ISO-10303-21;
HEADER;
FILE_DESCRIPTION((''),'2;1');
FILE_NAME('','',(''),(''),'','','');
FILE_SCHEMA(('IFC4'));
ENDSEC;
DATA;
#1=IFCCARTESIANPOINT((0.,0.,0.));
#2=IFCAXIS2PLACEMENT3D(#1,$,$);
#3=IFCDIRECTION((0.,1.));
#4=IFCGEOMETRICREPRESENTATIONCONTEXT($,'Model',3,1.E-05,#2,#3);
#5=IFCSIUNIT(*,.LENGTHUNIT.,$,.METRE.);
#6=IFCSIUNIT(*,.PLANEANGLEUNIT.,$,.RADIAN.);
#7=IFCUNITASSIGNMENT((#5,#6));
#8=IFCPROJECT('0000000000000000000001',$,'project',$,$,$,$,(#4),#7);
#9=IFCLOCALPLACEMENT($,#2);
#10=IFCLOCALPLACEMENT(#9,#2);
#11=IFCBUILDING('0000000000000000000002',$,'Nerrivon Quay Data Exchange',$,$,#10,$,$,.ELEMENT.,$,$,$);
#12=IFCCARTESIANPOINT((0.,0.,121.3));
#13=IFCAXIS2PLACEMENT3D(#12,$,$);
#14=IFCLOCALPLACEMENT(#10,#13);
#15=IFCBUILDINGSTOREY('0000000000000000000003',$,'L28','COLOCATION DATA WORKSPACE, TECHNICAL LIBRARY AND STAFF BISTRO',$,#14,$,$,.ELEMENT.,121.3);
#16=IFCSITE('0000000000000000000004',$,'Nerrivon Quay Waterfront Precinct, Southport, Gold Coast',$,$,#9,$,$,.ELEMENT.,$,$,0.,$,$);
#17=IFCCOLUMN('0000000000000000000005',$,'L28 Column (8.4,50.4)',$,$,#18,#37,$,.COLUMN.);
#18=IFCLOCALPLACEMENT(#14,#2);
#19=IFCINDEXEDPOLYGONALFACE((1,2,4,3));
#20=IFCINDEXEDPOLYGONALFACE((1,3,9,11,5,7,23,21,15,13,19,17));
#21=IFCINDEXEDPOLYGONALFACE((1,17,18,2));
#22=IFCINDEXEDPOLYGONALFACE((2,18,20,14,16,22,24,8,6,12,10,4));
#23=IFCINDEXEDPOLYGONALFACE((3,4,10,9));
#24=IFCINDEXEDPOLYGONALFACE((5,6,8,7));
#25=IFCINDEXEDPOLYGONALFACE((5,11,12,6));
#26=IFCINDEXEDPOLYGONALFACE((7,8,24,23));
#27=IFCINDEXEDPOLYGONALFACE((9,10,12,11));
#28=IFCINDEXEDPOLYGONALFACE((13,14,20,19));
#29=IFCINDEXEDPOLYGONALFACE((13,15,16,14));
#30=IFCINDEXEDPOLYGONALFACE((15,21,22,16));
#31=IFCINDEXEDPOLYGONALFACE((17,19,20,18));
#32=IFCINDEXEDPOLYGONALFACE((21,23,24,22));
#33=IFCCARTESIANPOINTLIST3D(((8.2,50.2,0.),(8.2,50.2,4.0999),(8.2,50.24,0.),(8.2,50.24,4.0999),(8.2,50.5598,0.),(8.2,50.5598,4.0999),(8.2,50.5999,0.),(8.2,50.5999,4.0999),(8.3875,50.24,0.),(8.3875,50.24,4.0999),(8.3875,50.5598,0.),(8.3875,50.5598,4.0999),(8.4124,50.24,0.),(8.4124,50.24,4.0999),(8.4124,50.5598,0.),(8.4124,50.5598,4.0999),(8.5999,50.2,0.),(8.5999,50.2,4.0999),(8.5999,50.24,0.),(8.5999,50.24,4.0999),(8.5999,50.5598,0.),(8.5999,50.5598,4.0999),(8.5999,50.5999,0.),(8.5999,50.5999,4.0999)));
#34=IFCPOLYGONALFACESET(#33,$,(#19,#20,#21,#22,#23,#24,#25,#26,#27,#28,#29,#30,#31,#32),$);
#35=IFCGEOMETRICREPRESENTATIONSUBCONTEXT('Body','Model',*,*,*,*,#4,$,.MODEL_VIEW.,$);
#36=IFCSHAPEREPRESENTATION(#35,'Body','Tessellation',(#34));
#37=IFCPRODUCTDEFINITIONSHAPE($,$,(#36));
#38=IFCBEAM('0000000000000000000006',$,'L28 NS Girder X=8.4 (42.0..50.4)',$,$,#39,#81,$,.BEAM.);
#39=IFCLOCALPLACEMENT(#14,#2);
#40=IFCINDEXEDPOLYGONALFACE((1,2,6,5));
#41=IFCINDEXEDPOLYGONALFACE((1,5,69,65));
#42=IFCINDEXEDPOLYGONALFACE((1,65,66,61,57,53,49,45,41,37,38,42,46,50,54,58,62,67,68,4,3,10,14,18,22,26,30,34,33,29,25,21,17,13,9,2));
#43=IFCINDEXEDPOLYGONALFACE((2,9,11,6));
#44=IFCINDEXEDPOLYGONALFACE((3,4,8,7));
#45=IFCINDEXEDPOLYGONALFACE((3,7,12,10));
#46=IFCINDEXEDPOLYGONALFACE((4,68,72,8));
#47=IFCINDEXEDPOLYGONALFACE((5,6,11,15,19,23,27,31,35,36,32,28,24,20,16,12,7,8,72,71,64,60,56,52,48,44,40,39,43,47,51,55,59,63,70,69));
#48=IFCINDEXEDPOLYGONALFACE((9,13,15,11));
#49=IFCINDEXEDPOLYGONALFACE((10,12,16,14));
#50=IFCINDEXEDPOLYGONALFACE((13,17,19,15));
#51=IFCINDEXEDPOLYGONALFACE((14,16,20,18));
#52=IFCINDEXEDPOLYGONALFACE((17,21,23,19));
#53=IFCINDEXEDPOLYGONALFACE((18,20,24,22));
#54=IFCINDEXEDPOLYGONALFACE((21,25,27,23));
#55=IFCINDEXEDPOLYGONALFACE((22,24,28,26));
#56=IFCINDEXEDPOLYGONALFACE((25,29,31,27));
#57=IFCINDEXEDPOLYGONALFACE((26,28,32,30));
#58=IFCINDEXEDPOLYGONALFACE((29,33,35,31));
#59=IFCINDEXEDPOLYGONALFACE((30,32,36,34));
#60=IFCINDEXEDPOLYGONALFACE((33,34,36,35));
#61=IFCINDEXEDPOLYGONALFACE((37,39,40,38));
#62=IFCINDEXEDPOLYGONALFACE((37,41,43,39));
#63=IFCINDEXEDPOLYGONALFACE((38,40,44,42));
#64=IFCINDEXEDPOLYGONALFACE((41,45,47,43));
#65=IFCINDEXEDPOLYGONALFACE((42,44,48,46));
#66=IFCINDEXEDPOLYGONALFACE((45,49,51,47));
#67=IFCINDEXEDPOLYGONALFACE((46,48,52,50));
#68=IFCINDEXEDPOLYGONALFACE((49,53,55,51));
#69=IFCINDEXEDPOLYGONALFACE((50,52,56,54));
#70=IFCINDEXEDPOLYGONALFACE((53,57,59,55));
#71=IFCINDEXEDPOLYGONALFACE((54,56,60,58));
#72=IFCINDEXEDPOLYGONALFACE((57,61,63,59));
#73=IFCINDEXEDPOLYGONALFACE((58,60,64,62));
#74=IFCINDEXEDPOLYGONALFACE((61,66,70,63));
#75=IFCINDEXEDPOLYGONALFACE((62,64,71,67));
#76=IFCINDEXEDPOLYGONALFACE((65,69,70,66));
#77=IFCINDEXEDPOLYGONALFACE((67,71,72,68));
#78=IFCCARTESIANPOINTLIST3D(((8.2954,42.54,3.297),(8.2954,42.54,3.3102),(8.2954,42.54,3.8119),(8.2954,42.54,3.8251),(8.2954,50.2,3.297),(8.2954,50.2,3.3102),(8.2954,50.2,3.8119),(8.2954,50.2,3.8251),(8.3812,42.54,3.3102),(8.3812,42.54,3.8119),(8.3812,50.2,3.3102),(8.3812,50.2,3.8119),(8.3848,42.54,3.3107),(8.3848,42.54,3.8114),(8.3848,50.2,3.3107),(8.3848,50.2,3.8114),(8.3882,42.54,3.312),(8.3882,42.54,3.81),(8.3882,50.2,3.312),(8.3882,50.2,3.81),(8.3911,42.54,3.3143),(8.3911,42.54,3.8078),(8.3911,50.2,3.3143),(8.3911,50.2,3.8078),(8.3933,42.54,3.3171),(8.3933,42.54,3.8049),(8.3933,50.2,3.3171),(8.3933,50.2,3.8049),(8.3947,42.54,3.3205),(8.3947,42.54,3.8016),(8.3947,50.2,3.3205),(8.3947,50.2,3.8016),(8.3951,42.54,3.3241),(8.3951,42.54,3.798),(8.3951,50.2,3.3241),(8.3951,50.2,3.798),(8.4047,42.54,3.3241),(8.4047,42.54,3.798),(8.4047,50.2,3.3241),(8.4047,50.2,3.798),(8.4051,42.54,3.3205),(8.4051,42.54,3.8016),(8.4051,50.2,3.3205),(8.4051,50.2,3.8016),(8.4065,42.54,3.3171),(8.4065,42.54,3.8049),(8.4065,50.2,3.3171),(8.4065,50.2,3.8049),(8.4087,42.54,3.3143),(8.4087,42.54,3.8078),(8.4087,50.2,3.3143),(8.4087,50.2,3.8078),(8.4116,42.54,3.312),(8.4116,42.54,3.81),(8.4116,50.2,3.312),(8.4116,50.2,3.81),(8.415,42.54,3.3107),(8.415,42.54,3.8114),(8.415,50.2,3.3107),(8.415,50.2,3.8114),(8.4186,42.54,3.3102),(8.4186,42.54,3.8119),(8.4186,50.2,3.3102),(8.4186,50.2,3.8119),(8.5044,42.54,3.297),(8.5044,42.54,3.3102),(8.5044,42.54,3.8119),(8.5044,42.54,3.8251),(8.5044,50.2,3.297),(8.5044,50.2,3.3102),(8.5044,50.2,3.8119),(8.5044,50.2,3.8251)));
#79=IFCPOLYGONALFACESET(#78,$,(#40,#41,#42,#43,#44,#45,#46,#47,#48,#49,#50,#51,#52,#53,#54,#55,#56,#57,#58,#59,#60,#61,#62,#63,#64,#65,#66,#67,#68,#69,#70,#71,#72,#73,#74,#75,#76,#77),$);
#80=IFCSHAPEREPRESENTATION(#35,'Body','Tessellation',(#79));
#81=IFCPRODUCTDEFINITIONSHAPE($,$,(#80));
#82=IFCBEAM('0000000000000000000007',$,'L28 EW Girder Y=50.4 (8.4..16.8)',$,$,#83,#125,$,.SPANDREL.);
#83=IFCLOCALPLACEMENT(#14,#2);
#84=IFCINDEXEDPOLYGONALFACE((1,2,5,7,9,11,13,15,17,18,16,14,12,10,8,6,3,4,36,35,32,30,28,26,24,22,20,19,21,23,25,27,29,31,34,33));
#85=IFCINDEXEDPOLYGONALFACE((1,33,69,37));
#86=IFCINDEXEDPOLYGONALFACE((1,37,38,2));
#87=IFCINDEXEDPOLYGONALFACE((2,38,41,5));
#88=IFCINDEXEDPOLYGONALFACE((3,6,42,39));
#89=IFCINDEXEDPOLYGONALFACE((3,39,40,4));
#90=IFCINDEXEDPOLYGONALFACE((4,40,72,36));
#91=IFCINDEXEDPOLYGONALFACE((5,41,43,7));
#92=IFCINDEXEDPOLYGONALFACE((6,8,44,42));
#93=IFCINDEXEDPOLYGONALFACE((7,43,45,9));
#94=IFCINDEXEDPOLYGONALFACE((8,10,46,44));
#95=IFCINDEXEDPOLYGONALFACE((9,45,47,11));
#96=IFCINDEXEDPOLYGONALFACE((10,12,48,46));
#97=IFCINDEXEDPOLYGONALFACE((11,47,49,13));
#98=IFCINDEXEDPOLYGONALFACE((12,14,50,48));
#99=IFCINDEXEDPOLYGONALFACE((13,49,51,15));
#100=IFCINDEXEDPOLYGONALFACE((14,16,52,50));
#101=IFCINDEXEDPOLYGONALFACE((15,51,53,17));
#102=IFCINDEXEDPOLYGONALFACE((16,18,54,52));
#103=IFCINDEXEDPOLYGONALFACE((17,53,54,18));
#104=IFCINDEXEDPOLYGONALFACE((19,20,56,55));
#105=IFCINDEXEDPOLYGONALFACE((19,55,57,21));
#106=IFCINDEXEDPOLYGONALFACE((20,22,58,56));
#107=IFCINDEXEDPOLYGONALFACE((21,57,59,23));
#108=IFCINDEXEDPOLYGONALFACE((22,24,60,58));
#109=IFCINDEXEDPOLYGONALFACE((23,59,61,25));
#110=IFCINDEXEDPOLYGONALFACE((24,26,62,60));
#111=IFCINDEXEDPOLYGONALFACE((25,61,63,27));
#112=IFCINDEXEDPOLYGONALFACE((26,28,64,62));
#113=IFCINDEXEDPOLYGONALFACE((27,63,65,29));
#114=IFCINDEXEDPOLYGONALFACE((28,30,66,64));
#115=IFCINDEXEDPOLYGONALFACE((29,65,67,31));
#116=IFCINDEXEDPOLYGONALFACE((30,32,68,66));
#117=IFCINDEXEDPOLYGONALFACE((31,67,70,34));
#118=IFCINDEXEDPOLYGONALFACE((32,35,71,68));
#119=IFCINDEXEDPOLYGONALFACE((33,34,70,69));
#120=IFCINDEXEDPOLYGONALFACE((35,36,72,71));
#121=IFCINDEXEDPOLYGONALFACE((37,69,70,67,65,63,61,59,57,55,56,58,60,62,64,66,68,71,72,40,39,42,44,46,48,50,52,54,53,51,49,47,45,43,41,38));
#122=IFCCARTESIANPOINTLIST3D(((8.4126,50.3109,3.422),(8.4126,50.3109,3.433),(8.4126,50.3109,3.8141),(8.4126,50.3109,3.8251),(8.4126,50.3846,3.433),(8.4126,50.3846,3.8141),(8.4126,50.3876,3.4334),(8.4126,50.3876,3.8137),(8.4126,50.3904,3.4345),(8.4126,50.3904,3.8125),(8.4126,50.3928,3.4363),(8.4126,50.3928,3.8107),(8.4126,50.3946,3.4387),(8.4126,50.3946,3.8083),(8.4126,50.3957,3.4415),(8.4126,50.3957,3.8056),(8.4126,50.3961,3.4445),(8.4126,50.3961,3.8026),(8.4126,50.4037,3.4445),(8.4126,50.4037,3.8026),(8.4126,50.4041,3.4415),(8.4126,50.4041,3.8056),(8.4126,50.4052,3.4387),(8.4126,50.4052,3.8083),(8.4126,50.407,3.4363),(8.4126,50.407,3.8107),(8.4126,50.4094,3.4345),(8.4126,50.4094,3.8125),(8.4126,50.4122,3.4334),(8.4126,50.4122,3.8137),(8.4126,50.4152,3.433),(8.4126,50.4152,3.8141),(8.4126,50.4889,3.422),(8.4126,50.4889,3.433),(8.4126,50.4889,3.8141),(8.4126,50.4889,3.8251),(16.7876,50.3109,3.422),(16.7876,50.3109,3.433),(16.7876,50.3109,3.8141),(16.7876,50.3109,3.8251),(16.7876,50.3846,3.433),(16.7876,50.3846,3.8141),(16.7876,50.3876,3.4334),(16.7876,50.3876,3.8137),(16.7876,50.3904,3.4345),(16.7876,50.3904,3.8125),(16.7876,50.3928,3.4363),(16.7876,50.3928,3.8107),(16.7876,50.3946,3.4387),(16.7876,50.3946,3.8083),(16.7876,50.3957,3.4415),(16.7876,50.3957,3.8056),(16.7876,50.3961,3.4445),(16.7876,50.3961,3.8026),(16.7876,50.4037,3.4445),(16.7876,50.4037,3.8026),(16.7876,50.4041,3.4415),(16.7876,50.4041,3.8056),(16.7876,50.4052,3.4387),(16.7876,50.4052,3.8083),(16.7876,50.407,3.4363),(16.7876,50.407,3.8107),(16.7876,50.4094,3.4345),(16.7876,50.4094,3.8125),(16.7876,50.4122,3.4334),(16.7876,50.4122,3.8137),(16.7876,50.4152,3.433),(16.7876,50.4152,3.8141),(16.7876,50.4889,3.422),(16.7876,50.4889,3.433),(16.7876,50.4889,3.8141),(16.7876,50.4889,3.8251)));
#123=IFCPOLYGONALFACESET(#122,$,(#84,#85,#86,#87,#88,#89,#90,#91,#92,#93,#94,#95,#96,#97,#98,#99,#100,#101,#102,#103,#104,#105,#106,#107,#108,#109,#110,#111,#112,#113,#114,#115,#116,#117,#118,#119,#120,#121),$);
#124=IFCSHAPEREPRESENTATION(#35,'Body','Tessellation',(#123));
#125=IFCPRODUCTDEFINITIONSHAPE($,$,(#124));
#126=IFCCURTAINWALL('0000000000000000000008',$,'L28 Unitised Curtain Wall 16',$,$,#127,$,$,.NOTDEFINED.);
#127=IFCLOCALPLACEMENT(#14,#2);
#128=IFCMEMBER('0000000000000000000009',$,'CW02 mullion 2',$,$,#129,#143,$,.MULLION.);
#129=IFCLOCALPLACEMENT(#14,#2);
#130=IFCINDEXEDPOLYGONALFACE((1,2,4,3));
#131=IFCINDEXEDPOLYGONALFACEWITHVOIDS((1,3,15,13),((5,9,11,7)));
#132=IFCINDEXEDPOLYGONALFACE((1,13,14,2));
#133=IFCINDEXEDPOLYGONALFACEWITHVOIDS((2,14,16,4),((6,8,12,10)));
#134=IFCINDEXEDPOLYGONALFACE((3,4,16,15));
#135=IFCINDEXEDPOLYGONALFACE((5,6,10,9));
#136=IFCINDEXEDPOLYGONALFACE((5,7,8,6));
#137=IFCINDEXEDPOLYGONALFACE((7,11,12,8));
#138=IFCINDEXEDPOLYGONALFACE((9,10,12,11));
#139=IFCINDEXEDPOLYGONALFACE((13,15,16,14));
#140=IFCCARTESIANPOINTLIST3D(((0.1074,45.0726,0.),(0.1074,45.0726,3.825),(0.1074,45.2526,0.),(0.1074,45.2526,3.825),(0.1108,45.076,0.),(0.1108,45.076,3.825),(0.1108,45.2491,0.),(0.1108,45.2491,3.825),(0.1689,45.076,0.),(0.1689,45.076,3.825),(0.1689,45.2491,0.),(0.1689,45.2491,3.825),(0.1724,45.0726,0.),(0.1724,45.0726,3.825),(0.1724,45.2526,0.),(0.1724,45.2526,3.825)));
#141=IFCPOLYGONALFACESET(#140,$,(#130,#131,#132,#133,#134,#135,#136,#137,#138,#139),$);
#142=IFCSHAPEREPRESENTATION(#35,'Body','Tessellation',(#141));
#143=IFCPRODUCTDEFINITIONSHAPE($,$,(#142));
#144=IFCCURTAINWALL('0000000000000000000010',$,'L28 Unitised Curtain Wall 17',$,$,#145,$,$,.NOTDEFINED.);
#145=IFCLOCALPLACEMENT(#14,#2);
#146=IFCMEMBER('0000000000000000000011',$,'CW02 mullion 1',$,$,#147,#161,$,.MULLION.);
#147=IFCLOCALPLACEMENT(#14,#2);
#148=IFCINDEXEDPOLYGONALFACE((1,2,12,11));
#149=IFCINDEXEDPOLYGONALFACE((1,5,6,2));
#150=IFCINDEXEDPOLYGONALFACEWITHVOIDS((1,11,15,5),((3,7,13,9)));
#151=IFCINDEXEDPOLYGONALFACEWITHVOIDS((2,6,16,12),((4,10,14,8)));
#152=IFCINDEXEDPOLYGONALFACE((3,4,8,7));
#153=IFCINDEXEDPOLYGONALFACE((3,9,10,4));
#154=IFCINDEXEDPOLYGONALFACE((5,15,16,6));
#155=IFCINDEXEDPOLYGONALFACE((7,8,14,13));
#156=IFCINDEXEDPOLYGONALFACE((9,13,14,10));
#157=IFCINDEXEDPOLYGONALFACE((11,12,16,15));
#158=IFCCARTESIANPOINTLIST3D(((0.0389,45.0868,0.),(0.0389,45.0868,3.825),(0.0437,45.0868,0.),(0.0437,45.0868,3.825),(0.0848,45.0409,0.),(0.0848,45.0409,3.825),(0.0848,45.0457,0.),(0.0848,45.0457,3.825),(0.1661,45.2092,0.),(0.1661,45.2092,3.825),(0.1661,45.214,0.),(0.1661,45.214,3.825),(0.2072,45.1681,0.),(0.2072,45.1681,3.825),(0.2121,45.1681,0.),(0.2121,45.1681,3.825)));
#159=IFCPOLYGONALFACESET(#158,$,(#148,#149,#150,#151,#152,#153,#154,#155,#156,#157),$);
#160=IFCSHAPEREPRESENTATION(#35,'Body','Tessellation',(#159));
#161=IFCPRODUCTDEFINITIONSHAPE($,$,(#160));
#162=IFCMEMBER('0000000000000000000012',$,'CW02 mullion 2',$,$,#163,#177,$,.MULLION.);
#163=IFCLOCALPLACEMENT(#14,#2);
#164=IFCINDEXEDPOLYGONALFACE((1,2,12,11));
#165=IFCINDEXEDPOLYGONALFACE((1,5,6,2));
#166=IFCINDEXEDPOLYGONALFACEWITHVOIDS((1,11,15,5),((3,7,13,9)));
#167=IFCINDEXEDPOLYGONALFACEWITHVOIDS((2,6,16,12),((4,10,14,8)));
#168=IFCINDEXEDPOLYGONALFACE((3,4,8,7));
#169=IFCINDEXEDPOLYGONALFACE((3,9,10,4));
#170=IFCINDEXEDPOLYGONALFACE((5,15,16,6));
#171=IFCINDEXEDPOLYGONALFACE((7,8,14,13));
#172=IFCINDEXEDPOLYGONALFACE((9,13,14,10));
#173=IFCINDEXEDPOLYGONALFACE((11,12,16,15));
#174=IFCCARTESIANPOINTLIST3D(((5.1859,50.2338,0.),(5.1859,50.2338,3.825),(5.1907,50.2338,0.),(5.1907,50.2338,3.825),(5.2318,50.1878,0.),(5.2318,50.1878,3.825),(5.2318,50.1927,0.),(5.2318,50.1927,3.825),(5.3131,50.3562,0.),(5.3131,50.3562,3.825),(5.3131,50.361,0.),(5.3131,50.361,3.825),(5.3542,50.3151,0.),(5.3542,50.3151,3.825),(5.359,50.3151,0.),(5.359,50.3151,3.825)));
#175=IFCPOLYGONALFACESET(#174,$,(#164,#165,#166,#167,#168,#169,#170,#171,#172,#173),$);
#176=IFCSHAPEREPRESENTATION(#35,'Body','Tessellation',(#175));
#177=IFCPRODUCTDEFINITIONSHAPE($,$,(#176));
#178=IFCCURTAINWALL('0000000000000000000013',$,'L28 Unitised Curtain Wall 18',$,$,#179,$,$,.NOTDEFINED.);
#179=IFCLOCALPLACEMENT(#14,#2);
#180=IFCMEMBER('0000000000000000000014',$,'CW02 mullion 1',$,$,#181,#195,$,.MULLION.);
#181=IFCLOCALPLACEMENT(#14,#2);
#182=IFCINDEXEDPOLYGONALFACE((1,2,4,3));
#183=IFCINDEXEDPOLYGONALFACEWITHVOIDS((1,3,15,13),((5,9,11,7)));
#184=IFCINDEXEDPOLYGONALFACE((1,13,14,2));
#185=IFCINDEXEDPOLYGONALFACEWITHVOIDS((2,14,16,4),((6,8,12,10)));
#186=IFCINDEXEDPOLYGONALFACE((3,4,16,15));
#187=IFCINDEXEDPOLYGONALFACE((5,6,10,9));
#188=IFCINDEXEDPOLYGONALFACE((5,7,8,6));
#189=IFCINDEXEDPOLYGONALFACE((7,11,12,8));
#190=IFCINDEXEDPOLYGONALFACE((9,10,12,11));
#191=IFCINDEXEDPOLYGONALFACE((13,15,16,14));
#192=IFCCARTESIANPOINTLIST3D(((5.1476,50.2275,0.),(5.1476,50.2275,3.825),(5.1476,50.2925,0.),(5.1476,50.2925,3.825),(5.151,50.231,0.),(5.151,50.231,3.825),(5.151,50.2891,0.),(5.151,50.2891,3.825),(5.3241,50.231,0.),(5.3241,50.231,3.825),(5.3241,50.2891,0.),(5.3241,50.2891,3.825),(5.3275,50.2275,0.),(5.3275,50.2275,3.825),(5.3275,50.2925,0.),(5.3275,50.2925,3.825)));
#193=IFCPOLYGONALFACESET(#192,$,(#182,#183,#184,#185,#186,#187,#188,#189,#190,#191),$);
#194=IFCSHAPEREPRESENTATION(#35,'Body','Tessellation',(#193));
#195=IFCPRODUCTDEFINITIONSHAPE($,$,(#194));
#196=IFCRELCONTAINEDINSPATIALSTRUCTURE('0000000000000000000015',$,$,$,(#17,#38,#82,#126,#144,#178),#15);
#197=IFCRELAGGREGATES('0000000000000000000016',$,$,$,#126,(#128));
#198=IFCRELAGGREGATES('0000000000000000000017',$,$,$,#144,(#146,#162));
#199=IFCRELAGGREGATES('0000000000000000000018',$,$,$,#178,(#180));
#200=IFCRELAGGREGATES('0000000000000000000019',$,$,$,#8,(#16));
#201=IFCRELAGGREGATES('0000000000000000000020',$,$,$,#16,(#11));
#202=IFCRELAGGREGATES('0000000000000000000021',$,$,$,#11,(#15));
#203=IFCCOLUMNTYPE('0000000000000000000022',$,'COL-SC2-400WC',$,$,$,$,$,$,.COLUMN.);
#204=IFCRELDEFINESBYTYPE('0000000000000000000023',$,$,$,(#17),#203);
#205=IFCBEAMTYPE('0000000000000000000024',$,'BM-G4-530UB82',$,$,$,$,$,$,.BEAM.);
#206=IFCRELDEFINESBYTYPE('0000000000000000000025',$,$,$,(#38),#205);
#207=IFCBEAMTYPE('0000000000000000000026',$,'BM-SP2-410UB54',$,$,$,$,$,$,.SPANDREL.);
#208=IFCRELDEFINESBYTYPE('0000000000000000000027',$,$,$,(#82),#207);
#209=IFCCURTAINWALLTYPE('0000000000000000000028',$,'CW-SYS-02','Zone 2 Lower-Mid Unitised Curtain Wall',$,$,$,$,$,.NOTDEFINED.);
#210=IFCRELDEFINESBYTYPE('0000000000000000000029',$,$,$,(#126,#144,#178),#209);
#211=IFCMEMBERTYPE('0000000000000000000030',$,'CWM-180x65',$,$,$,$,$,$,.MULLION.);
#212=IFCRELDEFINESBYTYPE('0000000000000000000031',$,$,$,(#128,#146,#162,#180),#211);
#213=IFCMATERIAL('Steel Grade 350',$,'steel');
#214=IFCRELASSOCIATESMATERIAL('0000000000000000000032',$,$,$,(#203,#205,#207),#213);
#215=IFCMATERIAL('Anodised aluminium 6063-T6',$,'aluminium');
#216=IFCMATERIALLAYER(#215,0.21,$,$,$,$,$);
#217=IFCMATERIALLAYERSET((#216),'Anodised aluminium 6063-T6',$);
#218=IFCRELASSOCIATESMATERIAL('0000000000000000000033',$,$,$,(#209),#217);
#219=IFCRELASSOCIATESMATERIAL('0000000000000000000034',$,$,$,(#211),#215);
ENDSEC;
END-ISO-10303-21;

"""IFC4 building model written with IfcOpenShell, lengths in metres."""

from ifc_helpers import new_model, si_unit, direction, frame, origin, origin_2d, place, context, subcontext, project, spatial, hollow_rectangle, i_section, extrude, material, layer, layer_set, material_profile, profile_set, type_object, element, aggregate, save


model = new_model("IFC4")

# Units and contexts
model_context = context("Model", 3, precision=1e-05, world=origin(), true_north=direction((0.0, 1.0)))
body_context = subcontext(model_context, "Body", "Model", "MODEL_VIEW")
ifc_project = project(units=[si_unit("LENGTHUNIT", "METRE"), si_unit("PLANEANGLEUNIT", "RADIAN")], contexts=[model_context])

# Site, building, storey
site_placement = place(None, origin())
site = spatial("IfcSite", under=ifc_project, at=site_placement, Name="Nerrivon Quay Waterfront Precinct, Southport, Gold Coast", CompositionType="ELEMENT", RefElevation=0.0)
building_placement = place(site_placement, origin())
building = spatial("IfcBuilding", under=site, at=building_placement, Name="Nerrivon Quay Data Exchange", CompositionType="ELEMENT")
storey_placement = place(building_placement, frame((0.0, 0.0, 121.3)))
storey = spatial("IfcBuildingStorey", under=building, at=storey_placement, Name="L28", Description="COLOCATION DATA WORKSPACE, TECHNICAL LIBRARY AND STAFF BISTRO", CompositionType="ELEMENT", Elevation=121.3)

# Column
ifc_material_1 = material(Name="Steel Grade 350", Category="steel")
ifc_material_profile_1 = material_profile(ifc_material_1, i_section(OverallWidth=0.3999, OverallDepth=0.3999, WebThickness=0.0249, FlangeThickness=0.04, at=origin_2d()), Name="400WC328")
ifc_profile_set_1 = profile_set([ifc_material_profile_1], Name="Steel Grade 350")
column_type = type_object("IfcColumnType", Name="COL-SC2-400WC", PredefinedType="COLUMN", material=ifc_profile_set_1)
column_placement = place(storey_placement, frame((8.3999, 50.3999, 0.0), z_axis=(0.0, 0.0, 1.0), x_axis=(1.0, 0.0, 0.0)))
element("IfcColumn", 1, at=column_placement, inside=storey, type_object=column_type, Name="L28 Column (8.4,50.4)", PredefinedType="COLUMN", context=body_context, shape_type="SweptSolid", body=[
    extrude(i_section(OverallWidth=0.3999, OverallDepth=0.3999, WebThickness=0.0249, FlangeThickness=0.04, at=origin_2d()), origin(), (0.0, 0.0, 1.0), 4.0999),
])

# Beams
ifc_material_profile_2 = material_profile(ifc_material_1, i_section(OverallWidth=0.209, OverallDepth=0.5281, WebThickness=0.0095, FlangeThickness=0.0132, FilletRadius=0.0139, at=origin_2d()), Name="530UB82.0")
ifc_profile_set_2 = profile_set([ifc_material_profile_2], Name="Steel Grade 350")
beam_type_1 = type_object("IfcBeamType", Name="BM-G4-530UB82", PredefinedType="BEAM", material=ifc_profile_set_2)
beam_1_placement = place(storey_placement, frame((8.3999, 42.54, 3.561), z_axis=(0.0, 1.0, 0.0), x_axis=(-1.0, 0.0, 0.0)))
element("IfcBeam", 2, at=beam_1_placement, inside=storey, type_object=beam_type_1, Name="L28 NS Girder X=8.4 (42.0..50.4)", PredefinedType="BEAM", context=body_context, shape_type="SweptSolid", body=[
    extrude(i_section(OverallWidth=0.209, OverallDepth=0.5281, WebThickness=0.0095, FlangeThickness=0.0132, FilletRadius=0.0139, at=origin_2d()), origin(), (0.0, 0.0, 1.0), 7.6599),
])
ifc_material_profile_3 = material_profile(ifc_material_1, i_section(OverallWidth=0.178, OverallDepth=0.4031, WebThickness=0.0076, FlangeThickness=0.011, FilletRadius=0.0115, at=origin_2d()), Name="410UB53.7")
ifc_profile_set_3 = profile_set([ifc_material_profile_3], Name="Steel Grade 350")
beam_type_2 = type_object("IfcBeamType", Name="BM-SP2-410UB54", PredefinedType="SPANDREL", material=ifc_profile_set_3)
beam_2_placement = place(storey_placement, frame((8.4126, 50.3999, 3.6235), z_axis=(1.0, 0.0, 0.0), x_axis=(0.0, 1.0, 0.0)))
element("IfcBeam", 3, at=beam_2_placement, inside=storey, type_object=beam_type_2, Name="L28 EW Girder Y=50.4 (8.4..16.8)", PredefinedType="SPANDREL", context=body_context, shape_type="SweptSolid", body=[
    extrude(i_section(OverallWidth=0.178, OverallDepth=0.4031, WebThickness=0.0076, FlangeThickness=0.011, FilletRadius=0.0115, at=origin_2d()), origin(), (0.0, 0.0, 1.0), 8.375),
])

# Curtain wall, member
ifc_material_2 = material(Name="Anodised aluminium 6063-T6", Category="aluminium")
ifc_layer_1 = layer(ifc_material_2, 0.21)
ifc_layer_set_1 = layer_set([ifc_layer_1], Name="Anodised aluminium 6063-T6")
curtain_wall_type = type_object("IfcCurtainWallType", Name="CW-SYS-02", Description="Zone 2 Lower-Mid Unitised Curtain Wall", PredefinedType="NOTDEFINED", material=ifc_layer_set_1)
curtain_wall_1_placement = place(storey_placement, origin())
curtain_wall_1 = element("IfcCurtainWall", 4, at=curtain_wall_1_placement, inside=storey, type_object=curtain_wall_type, Name="L28 Unitised Curtain Wall 16", PredefinedType="NOTDEFINED")
ifc_material_profile_4 = material_profile(ifc_material_2, hollow_rectangle(XDim=0.0649, YDim=0.1799, WallThickness=0.0034, at=origin_2d()), Name="ALU-MULL-180x65")
ifc_profile_set_4 = profile_set([ifc_material_profile_4], Name="Anodised aluminium 6063-T6")
member_type_1 = type_object("IfcMemberType", Name="CWM-180x65", PredefinedType="MULLION", material=ifc_profile_set_4)
member_1_placement = place(storey_placement, frame((0.1399, 45.1626, 0.0), z_axis=(0.0, 0.0, 1.0), x_axis=(-1.0, 0.0, 0.0)))
member_1 = element("IfcMember", 5, at=member_1_placement, type_object=member_type_1, Name="CW02 mullion 2", PredefinedType="MULLION", context=body_context, shape_type="SweptSolid", body=[
    extrude(hollow_rectangle(XDim=0.0649, YDim=0.1799, WallThickness=0.0034, at=origin_2d()), origin(), (0.0, 0.0, 1.0), 3.825),
])

# Curtain walls, members
curtain_wall_2_placement = place(storey_placement, origin())
curtain_wall_2 = element("IfcCurtainWall", 6, at=curtain_wall_2_placement, inside=storey, type_object=curtain_wall_type, Name="L28 Unitised Curtain Wall 17", PredefinedType="NOTDEFINED")
member_2_placement = place(storey_placement, frame((0.1255, 45.1274, 0.0), z_axis=(0.0, 0.0, 1.0), x_axis=(-0.707107, 0.707107, 0.0)))
member_2 = element("IfcMember", 7, at=member_2_placement, type_object=member_type_1, Name="CW02 mullion 1", PredefinedType="MULLION", context=body_context, shape_type="SweptSolid", body=[
    extrude(hollow_rectangle(XDim=0.0649, YDim=0.1799, WallThickness=0.0034, at=origin_2d()), origin(), (0.0, 0.0, 1.0), 3.825),
])
member_3_placement = place(storey_placement, frame((5.2725, 50.2744, 0.0), z_axis=(0.0, 0.0, 1.0), x_axis=(-0.707107, 0.707107, 0.0)))
member_3 = element("IfcMember", 8, at=member_3_placement, type_object=member_type_1, Name="CW02 mullion 2", PredefinedType="MULLION", context=body_context, shape_type="SweptSolid", body=[
    extrude(hollow_rectangle(XDim=0.0649, YDim=0.1799, WallThickness=0.0034, at=origin_2d()), origin(), (0.0, 0.0, 1.0), 3.825),
])
curtain_wall_3_placement = place(storey_placement, origin())
curtain_wall_3 = element("IfcCurtainWall", 9, at=curtain_wall_3_placement, inside=storey, type_object=curtain_wall_type, Name="L28 Unitised Curtain Wall 18", PredefinedType="NOTDEFINED")
member_4_placement = place(storey_placement, frame((5.2375, 50.26, 0.0), z_axis=(0.0, 0.0, 1.0), x_axis=(0.0, 1.0, 0.0)))
member_4 = element("IfcMember", 10, at=member_4_placement, type_object=member_type_1, Name="CW02 mullion 1", PredefinedType="MULLION", context=body_context, shape_type="SweptSolid", body=[
    extrude(hollow_rectangle(XDim=0.0649, YDim=0.1799, WallThickness=0.0034, at=origin_2d()), origin(), (0.0, 0.0, 1.0), 3.825),
])

aggregate(curtain_wall_1, [member_1])
aggregate(curtain_wall_2, [member_2, member_3])
aggregate(curtain_wall_3, [member_4])

save(model, "model.ifc")
